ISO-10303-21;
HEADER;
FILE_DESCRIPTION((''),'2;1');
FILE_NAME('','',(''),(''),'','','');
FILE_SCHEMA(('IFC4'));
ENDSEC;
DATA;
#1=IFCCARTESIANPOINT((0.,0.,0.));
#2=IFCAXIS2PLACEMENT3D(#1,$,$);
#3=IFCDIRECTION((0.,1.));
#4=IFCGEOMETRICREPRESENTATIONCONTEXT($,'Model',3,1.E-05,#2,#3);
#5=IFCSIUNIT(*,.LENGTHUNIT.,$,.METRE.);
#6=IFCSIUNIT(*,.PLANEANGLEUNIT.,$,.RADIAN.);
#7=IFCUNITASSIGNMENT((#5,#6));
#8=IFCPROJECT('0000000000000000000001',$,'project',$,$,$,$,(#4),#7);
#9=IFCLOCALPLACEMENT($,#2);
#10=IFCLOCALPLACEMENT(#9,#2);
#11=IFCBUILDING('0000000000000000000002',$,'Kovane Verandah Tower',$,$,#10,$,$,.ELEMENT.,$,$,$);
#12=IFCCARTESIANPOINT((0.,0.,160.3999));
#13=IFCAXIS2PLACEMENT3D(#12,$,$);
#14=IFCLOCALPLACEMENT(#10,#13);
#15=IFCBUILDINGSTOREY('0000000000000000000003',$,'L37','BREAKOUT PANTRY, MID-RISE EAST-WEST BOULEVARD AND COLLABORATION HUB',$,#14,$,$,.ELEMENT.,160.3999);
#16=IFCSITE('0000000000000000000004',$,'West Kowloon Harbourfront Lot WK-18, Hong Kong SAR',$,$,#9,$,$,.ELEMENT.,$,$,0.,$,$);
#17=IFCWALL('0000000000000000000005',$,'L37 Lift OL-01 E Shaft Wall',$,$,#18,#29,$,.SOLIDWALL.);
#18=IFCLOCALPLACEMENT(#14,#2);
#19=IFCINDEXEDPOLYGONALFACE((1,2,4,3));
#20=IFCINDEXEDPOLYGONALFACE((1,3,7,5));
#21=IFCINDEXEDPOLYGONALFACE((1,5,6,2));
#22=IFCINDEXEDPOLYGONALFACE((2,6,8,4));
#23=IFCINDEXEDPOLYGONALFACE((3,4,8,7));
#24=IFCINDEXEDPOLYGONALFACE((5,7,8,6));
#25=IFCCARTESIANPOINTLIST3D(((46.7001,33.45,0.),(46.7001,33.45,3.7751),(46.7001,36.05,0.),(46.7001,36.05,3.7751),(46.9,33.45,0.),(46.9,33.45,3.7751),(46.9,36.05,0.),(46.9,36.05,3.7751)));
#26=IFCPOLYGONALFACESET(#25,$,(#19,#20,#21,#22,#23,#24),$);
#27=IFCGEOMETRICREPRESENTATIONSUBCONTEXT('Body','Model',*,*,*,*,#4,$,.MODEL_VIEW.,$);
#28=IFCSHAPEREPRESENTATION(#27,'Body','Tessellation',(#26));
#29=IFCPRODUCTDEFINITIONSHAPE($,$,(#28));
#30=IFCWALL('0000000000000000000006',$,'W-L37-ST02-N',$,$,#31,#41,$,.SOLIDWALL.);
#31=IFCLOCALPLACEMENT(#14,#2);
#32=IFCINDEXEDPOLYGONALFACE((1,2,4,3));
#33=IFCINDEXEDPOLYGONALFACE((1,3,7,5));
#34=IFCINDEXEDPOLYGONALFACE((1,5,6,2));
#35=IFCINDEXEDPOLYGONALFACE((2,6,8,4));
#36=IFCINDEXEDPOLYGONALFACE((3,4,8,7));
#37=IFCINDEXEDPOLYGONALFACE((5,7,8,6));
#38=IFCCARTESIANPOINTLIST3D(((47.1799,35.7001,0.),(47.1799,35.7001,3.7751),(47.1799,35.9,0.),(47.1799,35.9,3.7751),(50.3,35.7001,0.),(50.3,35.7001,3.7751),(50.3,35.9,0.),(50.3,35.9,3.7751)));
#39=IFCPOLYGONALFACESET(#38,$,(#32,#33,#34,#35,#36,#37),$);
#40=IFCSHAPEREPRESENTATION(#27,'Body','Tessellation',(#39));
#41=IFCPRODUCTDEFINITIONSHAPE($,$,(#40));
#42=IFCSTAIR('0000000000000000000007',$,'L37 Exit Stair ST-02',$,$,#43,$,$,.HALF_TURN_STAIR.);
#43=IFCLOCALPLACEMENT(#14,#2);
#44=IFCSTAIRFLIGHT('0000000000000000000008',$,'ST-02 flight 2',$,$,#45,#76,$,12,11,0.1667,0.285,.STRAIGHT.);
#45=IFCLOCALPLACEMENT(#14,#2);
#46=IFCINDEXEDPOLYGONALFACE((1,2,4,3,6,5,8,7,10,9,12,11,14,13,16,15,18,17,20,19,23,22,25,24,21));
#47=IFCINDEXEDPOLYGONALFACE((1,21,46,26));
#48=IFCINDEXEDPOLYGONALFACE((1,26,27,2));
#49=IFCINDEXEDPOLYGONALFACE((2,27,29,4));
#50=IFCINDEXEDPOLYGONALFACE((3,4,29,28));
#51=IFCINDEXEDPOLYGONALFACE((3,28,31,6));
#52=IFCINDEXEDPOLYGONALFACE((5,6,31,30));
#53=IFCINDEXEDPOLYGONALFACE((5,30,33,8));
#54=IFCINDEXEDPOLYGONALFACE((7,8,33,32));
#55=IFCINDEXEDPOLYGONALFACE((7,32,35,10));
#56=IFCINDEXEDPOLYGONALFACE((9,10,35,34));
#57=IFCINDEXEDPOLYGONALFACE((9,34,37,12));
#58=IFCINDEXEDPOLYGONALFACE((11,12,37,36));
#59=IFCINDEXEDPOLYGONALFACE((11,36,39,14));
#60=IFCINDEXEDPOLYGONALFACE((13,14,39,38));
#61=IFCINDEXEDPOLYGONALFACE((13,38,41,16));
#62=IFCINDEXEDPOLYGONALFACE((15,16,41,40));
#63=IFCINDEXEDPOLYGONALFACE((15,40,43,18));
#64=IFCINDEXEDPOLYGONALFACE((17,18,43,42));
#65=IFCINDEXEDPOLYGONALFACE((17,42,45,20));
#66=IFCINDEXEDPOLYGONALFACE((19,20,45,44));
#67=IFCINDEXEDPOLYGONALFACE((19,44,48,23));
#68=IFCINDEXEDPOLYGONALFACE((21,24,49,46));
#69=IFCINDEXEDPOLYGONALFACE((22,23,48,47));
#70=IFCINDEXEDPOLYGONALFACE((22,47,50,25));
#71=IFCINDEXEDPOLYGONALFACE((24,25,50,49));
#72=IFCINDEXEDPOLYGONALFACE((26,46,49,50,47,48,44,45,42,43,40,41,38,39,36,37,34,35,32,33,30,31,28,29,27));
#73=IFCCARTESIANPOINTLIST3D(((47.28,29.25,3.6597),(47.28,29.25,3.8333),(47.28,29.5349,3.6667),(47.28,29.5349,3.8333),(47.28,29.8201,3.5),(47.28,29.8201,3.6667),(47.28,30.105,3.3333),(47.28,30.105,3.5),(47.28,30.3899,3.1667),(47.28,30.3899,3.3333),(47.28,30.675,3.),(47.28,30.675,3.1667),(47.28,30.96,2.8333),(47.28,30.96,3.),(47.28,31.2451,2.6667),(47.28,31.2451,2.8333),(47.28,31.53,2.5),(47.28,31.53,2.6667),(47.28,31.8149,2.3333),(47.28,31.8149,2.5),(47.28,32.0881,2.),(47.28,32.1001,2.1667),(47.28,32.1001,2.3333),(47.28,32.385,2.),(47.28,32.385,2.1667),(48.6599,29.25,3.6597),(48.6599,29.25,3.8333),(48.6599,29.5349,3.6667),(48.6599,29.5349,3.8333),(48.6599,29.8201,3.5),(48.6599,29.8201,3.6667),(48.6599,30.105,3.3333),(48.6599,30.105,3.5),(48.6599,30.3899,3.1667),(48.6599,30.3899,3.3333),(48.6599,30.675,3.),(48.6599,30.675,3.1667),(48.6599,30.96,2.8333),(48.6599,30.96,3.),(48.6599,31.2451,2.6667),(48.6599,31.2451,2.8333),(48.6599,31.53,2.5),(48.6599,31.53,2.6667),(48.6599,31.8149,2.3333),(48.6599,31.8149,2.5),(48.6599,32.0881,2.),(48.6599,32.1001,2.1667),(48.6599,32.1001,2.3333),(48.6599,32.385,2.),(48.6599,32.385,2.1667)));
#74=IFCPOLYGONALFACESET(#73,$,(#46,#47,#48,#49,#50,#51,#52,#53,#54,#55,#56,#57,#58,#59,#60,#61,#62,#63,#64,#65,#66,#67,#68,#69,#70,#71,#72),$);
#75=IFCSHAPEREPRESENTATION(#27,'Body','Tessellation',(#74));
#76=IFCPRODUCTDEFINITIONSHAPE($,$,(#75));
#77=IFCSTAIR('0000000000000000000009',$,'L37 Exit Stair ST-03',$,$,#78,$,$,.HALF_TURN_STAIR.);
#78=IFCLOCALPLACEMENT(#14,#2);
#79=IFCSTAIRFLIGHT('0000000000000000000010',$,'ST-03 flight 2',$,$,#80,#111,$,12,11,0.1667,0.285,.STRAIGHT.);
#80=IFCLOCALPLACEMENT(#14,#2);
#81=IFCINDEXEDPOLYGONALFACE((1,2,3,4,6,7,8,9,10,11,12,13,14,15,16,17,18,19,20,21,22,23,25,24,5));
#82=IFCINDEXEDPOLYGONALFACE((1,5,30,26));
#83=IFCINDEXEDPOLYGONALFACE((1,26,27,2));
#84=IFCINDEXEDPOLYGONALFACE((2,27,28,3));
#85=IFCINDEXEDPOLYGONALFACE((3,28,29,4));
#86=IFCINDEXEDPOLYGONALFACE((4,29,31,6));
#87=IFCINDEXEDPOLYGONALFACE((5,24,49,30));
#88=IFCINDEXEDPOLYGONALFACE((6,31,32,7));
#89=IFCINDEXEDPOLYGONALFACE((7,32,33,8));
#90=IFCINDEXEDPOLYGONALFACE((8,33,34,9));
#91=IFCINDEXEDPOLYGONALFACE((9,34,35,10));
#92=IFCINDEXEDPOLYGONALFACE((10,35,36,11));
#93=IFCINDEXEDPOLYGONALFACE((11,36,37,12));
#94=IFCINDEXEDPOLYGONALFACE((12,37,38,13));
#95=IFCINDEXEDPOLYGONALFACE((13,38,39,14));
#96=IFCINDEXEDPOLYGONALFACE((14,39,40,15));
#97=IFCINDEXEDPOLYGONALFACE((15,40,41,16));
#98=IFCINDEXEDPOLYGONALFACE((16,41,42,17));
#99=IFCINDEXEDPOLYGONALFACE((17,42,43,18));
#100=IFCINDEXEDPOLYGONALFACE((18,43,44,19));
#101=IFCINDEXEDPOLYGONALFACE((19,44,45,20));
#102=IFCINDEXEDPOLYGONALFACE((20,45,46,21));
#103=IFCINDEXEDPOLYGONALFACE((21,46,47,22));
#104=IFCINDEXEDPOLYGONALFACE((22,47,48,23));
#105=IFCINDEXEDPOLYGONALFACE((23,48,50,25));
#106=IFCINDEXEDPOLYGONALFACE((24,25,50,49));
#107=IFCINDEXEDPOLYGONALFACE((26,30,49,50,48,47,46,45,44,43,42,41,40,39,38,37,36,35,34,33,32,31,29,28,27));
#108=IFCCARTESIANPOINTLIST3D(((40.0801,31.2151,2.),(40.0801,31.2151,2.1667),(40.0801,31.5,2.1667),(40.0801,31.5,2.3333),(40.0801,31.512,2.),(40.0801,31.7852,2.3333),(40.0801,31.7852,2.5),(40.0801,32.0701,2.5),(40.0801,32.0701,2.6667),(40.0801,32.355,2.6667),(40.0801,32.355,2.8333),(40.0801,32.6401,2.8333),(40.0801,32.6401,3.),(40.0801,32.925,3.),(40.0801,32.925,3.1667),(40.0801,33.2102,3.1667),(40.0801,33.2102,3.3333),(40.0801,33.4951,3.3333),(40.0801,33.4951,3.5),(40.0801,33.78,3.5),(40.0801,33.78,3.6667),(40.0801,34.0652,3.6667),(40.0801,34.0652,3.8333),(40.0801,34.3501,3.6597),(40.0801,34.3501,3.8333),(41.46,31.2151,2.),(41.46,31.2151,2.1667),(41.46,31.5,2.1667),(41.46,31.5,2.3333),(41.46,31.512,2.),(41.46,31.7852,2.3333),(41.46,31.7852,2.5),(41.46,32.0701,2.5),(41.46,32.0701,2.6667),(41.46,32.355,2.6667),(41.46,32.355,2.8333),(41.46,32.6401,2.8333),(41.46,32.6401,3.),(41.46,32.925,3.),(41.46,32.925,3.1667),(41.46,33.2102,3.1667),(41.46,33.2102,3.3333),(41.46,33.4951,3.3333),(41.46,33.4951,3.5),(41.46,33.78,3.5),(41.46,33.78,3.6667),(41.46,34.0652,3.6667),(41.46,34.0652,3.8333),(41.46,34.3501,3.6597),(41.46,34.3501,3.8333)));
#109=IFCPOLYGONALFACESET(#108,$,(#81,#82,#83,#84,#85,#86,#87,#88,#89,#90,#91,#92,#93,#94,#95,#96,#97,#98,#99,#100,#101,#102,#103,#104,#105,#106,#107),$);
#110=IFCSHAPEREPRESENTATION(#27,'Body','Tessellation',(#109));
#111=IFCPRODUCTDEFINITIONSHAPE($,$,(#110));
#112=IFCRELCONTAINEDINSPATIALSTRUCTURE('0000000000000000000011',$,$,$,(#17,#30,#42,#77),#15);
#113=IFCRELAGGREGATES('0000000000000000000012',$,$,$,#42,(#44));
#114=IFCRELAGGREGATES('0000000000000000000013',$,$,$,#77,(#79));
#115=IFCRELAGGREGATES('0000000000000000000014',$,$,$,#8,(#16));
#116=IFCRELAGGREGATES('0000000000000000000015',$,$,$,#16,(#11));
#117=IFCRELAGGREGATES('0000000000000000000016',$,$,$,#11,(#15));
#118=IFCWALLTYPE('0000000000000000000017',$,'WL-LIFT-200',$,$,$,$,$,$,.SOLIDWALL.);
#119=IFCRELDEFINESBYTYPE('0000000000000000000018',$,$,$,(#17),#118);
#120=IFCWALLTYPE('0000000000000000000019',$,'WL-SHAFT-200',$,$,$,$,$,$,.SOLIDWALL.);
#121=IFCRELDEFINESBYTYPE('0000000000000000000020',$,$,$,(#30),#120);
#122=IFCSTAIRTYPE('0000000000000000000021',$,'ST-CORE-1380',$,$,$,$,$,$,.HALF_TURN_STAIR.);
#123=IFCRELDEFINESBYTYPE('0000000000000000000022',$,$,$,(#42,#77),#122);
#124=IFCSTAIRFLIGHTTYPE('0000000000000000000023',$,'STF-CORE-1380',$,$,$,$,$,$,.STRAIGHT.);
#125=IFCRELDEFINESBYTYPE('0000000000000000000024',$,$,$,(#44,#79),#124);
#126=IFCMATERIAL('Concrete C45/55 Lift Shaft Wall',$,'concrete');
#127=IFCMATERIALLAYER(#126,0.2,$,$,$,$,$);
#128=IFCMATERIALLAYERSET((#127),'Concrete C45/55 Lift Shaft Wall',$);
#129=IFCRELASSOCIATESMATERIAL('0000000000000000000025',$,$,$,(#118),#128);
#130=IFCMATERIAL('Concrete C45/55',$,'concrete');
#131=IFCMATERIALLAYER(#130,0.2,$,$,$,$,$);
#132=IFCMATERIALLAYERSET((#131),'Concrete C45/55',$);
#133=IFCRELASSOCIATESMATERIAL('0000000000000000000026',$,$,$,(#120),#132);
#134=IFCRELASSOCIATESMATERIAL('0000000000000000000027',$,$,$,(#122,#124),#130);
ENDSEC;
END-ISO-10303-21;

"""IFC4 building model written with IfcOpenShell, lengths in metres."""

from ifc_helpers import new_model, si_unit, direction, frame, frame_2d, origin, place, context, subcontext, project, spatial, polyline, rectangle, outline, extrude, material, layer, layer_set, type_object, element, aggregate, save


model = new_model("IFC4")

# Units and contexts
model_context = context("Model", 3, precision=1e-05, world=origin(), true_north=direction((0.0, 1.0)))
body_context = subcontext(model_context, "Body", "Model", "MODEL_VIEW")
ifc_project = project(units=[si_unit("LENGTHUNIT", "METRE"), si_unit("PLANEANGLEUNIT", "RADIAN")], contexts=[model_context])

# Site, building, storey
site_placement = place(None, origin())
site = spatial("IfcSite", under=ifc_project, at=site_placement, Name="West Kowloon Harbourfront Lot WK-18, Hong Kong SAR", CompositionType="ELEMENT", RefElevation=0.0)
building_placement = place(site_placement, origin())
building = spatial("IfcBuilding", under=site, at=building_placement, Name="Kovane Verandah Tower", CompositionType="ELEMENT")
storey_placement = place(building_placement, frame((0.0, 0.0, 160.3999)))
storey = spatial("IfcBuildingStorey", under=building, at=storey_placement, Name="L37", Description="BREAKOUT PANTRY, MID-RISE EAST-WEST BOULEVARD AND COLLABORATION HUB", CompositionType="ELEMENT", Elevation=160.3999)

# Walls
ifc_material_1 = material(Name="Concrete C45/55 Lift Shaft Wall", Category="concrete")
ifc_layer_1 = layer(ifc_material_1, 0.2)
ifc_layer_set_1 = layer_set([ifc_layer_1], Name="Concrete C45/55 Lift Shaft Wall")
wall_type_1 = type_object("IfcWallType", Name="WL-LIFT-200", PredefinedType="SOLIDWALL", material=ifc_layer_set_1)
wall_1_placement = place(storey_placement, frame((46.8, 33.45, 0.0), z_axis=(0.0, 0.0, 1.0), x_axis=(0.0, 1.0, 0.0)))
element("IfcWall", 1, at=wall_1_placement, inside=storey, type_object=wall_type_1, Name="L37 Lift OL-01 E Shaft Wall", PredefinedType="SOLIDWALL", context=body_context, shape_type="SweptSolid", body=[
    extrude(rectangle(XDim=2.6001, YDim=0.2, at=frame_2d((1.3, 0.0))), origin(), (0.0, 0.0, 1.0), 3.7751),
])
ifc_material_2 = material(Name="Concrete C45/55", Category="concrete")
ifc_layer_2 = layer(ifc_material_2, 0.2)
ifc_layer_set_2 = layer_set([ifc_layer_2], Name="Concrete C45/55")
wall_type_2 = type_object("IfcWallType", Name="WL-SHAFT-200", PredefinedType="SOLIDWALL", material=ifc_layer_set_2)
wall_2_placement = place(storey_placement, frame((47.1799, 35.8, 0.0), z_axis=(0.0, 0.0, 1.0), x_axis=(1.0, 0.0, 0.0)))
element("IfcWall", 2, at=wall_2_placement, inside=storey, type_object=wall_type_2, Name="W-L37-ST02-N", PredefinedType="SOLIDWALL", context=body_context, shape_type="SweptSolid", body=[
    extrude(rectangle(XDim=3.1201, YDim=0.2, at=frame_2d((1.5601, 0.0))), origin(), (0.0, 0.0, 1.0), 3.7751),
])

# Stairs, stair flights
stair_type = type_object("IfcStairType", Name="ST-CORE-1380", PredefinedType="HALF_TURN_STAIR", material=ifc_material_2)
stair_1_placement = place(storey_placement, origin())
stair_1 = element("IfcStair", 3, at=stair_1_placement, inside=storey, type_object=stair_type, Name="L37 Exit Stair ST-02", PredefinedType="HALF_TURN_STAIR")
stair_flight_type = type_object("IfcStairFlightType", Name="STF-CORE-1380", PredefinedType="STRAIGHT", material=ifc_material_2)
stair_flight_1_placement = place(storey_placement, frame((47.97, 32.385, 2.0), z_axis=(0.0, 0.0, 1.0), x_axis=(0.0, -1.0, 0.0)))
stair_flight_1 = element("IfcStairFlight", 4, at=stair_flight_1_placement, type_object=stair_flight_type, Name="ST-02 flight 2", NumberOfRisers=12, NumberOfTreads=11, PredefinedType="STRAIGHT", RiserHeight=0.1667, TreadLength=0.285, context=body_context, shape_type="SweptSolid", body=[
    extrude(outline(polyline([(0.0, 0.0), (0.0, 0.1667), (0.2849, 0.1667), (0.2849, 0.3333), (0.5701, 0.3333), (0.5701, 0.5), (0.855, 0.5), (0.855, 0.6667), (1.1399, 0.6667), (1.1399, 0.8333), (1.425, 0.8333), (1.425, 1.0), (1.71, 1.0), (1.71, 1.1667), (1.9951, 1.1667), (1.9951, 1.3333), (2.28, 1.3333), (2.28, 1.5), (2.5649, 1.5), (2.5649, 1.6667), (2.8501, 1.6667), (2.8501, 1.8333), (3.135, 1.8333), (3.135, 2.0), (3.135, 1.6597), (0.2969, 0.0), (0.0, 0.0)])), frame((0.0, 0.6899, 0.0), z_axis=(0.0, -1.0, 0.0), x_axis=(1.0, 0.0, 0.0)), (0.0, 0.0, 1.0), 1.3799),
])
aggregate(stair_1, [stair_flight_1])
stair_2_placement = place(storey_placement, origin())
stair_2 = element("IfcStair", 5, at=stair_2_placement, inside=storey, type_object=stair_type, Name="L37 Exit Stair ST-03", PredefinedType="HALF_TURN_STAIR")
stair_flight_2_placement = place(storey_placement, frame((40.77, 31.2151, 2.0), z_axis=(0.0, 0.0, 1.0), x_axis=(0.0, 1.0, 0.0)))
stair_flight_2 = element("IfcStairFlight", 6, at=stair_flight_2_placement, type_object=stair_flight_type, Name="ST-03 flight 2", NumberOfRisers=12, NumberOfTreads=11, PredefinedType="STRAIGHT", RiserHeight=0.1667, TreadLength=0.285, context=body_context, shape_type="SweptSolid", body=[
    extrude(outline(polyline([(0.0, 0.0), (0.0, 0.1667), (0.2849, 0.1667), (0.2849, 0.3333), (0.5701, 0.3333), (0.5701, 0.5), (0.855, 0.5), (0.855, 0.6667), (1.1399, 0.6667), (1.1399, 0.8333), (1.425, 0.8333), (1.425, 1.0), (1.71, 1.0), (1.71, 1.1667), (1.9951, 1.1667), (1.9951, 1.3333), (2.28, 1.3333), (2.28, 1.5), (2.5649, 1.5), (2.5649, 1.6667), (2.8501, 1.6667), (2.8501, 1.8333), (3.135, 1.8333), (3.135, 2.0), (3.135, 1.6597), (0.2969, 0.0), (0.0, 0.0)])), frame((0.0, 0.6899, 0.0), z_axis=(0.0, -1.0, 0.0), x_axis=(1.0, 0.0, 0.0)), (0.0, 0.0, 1.0), 1.3799),
])
aggregate(stair_2, [stair_flight_2])

save(model, "model.ifc")
